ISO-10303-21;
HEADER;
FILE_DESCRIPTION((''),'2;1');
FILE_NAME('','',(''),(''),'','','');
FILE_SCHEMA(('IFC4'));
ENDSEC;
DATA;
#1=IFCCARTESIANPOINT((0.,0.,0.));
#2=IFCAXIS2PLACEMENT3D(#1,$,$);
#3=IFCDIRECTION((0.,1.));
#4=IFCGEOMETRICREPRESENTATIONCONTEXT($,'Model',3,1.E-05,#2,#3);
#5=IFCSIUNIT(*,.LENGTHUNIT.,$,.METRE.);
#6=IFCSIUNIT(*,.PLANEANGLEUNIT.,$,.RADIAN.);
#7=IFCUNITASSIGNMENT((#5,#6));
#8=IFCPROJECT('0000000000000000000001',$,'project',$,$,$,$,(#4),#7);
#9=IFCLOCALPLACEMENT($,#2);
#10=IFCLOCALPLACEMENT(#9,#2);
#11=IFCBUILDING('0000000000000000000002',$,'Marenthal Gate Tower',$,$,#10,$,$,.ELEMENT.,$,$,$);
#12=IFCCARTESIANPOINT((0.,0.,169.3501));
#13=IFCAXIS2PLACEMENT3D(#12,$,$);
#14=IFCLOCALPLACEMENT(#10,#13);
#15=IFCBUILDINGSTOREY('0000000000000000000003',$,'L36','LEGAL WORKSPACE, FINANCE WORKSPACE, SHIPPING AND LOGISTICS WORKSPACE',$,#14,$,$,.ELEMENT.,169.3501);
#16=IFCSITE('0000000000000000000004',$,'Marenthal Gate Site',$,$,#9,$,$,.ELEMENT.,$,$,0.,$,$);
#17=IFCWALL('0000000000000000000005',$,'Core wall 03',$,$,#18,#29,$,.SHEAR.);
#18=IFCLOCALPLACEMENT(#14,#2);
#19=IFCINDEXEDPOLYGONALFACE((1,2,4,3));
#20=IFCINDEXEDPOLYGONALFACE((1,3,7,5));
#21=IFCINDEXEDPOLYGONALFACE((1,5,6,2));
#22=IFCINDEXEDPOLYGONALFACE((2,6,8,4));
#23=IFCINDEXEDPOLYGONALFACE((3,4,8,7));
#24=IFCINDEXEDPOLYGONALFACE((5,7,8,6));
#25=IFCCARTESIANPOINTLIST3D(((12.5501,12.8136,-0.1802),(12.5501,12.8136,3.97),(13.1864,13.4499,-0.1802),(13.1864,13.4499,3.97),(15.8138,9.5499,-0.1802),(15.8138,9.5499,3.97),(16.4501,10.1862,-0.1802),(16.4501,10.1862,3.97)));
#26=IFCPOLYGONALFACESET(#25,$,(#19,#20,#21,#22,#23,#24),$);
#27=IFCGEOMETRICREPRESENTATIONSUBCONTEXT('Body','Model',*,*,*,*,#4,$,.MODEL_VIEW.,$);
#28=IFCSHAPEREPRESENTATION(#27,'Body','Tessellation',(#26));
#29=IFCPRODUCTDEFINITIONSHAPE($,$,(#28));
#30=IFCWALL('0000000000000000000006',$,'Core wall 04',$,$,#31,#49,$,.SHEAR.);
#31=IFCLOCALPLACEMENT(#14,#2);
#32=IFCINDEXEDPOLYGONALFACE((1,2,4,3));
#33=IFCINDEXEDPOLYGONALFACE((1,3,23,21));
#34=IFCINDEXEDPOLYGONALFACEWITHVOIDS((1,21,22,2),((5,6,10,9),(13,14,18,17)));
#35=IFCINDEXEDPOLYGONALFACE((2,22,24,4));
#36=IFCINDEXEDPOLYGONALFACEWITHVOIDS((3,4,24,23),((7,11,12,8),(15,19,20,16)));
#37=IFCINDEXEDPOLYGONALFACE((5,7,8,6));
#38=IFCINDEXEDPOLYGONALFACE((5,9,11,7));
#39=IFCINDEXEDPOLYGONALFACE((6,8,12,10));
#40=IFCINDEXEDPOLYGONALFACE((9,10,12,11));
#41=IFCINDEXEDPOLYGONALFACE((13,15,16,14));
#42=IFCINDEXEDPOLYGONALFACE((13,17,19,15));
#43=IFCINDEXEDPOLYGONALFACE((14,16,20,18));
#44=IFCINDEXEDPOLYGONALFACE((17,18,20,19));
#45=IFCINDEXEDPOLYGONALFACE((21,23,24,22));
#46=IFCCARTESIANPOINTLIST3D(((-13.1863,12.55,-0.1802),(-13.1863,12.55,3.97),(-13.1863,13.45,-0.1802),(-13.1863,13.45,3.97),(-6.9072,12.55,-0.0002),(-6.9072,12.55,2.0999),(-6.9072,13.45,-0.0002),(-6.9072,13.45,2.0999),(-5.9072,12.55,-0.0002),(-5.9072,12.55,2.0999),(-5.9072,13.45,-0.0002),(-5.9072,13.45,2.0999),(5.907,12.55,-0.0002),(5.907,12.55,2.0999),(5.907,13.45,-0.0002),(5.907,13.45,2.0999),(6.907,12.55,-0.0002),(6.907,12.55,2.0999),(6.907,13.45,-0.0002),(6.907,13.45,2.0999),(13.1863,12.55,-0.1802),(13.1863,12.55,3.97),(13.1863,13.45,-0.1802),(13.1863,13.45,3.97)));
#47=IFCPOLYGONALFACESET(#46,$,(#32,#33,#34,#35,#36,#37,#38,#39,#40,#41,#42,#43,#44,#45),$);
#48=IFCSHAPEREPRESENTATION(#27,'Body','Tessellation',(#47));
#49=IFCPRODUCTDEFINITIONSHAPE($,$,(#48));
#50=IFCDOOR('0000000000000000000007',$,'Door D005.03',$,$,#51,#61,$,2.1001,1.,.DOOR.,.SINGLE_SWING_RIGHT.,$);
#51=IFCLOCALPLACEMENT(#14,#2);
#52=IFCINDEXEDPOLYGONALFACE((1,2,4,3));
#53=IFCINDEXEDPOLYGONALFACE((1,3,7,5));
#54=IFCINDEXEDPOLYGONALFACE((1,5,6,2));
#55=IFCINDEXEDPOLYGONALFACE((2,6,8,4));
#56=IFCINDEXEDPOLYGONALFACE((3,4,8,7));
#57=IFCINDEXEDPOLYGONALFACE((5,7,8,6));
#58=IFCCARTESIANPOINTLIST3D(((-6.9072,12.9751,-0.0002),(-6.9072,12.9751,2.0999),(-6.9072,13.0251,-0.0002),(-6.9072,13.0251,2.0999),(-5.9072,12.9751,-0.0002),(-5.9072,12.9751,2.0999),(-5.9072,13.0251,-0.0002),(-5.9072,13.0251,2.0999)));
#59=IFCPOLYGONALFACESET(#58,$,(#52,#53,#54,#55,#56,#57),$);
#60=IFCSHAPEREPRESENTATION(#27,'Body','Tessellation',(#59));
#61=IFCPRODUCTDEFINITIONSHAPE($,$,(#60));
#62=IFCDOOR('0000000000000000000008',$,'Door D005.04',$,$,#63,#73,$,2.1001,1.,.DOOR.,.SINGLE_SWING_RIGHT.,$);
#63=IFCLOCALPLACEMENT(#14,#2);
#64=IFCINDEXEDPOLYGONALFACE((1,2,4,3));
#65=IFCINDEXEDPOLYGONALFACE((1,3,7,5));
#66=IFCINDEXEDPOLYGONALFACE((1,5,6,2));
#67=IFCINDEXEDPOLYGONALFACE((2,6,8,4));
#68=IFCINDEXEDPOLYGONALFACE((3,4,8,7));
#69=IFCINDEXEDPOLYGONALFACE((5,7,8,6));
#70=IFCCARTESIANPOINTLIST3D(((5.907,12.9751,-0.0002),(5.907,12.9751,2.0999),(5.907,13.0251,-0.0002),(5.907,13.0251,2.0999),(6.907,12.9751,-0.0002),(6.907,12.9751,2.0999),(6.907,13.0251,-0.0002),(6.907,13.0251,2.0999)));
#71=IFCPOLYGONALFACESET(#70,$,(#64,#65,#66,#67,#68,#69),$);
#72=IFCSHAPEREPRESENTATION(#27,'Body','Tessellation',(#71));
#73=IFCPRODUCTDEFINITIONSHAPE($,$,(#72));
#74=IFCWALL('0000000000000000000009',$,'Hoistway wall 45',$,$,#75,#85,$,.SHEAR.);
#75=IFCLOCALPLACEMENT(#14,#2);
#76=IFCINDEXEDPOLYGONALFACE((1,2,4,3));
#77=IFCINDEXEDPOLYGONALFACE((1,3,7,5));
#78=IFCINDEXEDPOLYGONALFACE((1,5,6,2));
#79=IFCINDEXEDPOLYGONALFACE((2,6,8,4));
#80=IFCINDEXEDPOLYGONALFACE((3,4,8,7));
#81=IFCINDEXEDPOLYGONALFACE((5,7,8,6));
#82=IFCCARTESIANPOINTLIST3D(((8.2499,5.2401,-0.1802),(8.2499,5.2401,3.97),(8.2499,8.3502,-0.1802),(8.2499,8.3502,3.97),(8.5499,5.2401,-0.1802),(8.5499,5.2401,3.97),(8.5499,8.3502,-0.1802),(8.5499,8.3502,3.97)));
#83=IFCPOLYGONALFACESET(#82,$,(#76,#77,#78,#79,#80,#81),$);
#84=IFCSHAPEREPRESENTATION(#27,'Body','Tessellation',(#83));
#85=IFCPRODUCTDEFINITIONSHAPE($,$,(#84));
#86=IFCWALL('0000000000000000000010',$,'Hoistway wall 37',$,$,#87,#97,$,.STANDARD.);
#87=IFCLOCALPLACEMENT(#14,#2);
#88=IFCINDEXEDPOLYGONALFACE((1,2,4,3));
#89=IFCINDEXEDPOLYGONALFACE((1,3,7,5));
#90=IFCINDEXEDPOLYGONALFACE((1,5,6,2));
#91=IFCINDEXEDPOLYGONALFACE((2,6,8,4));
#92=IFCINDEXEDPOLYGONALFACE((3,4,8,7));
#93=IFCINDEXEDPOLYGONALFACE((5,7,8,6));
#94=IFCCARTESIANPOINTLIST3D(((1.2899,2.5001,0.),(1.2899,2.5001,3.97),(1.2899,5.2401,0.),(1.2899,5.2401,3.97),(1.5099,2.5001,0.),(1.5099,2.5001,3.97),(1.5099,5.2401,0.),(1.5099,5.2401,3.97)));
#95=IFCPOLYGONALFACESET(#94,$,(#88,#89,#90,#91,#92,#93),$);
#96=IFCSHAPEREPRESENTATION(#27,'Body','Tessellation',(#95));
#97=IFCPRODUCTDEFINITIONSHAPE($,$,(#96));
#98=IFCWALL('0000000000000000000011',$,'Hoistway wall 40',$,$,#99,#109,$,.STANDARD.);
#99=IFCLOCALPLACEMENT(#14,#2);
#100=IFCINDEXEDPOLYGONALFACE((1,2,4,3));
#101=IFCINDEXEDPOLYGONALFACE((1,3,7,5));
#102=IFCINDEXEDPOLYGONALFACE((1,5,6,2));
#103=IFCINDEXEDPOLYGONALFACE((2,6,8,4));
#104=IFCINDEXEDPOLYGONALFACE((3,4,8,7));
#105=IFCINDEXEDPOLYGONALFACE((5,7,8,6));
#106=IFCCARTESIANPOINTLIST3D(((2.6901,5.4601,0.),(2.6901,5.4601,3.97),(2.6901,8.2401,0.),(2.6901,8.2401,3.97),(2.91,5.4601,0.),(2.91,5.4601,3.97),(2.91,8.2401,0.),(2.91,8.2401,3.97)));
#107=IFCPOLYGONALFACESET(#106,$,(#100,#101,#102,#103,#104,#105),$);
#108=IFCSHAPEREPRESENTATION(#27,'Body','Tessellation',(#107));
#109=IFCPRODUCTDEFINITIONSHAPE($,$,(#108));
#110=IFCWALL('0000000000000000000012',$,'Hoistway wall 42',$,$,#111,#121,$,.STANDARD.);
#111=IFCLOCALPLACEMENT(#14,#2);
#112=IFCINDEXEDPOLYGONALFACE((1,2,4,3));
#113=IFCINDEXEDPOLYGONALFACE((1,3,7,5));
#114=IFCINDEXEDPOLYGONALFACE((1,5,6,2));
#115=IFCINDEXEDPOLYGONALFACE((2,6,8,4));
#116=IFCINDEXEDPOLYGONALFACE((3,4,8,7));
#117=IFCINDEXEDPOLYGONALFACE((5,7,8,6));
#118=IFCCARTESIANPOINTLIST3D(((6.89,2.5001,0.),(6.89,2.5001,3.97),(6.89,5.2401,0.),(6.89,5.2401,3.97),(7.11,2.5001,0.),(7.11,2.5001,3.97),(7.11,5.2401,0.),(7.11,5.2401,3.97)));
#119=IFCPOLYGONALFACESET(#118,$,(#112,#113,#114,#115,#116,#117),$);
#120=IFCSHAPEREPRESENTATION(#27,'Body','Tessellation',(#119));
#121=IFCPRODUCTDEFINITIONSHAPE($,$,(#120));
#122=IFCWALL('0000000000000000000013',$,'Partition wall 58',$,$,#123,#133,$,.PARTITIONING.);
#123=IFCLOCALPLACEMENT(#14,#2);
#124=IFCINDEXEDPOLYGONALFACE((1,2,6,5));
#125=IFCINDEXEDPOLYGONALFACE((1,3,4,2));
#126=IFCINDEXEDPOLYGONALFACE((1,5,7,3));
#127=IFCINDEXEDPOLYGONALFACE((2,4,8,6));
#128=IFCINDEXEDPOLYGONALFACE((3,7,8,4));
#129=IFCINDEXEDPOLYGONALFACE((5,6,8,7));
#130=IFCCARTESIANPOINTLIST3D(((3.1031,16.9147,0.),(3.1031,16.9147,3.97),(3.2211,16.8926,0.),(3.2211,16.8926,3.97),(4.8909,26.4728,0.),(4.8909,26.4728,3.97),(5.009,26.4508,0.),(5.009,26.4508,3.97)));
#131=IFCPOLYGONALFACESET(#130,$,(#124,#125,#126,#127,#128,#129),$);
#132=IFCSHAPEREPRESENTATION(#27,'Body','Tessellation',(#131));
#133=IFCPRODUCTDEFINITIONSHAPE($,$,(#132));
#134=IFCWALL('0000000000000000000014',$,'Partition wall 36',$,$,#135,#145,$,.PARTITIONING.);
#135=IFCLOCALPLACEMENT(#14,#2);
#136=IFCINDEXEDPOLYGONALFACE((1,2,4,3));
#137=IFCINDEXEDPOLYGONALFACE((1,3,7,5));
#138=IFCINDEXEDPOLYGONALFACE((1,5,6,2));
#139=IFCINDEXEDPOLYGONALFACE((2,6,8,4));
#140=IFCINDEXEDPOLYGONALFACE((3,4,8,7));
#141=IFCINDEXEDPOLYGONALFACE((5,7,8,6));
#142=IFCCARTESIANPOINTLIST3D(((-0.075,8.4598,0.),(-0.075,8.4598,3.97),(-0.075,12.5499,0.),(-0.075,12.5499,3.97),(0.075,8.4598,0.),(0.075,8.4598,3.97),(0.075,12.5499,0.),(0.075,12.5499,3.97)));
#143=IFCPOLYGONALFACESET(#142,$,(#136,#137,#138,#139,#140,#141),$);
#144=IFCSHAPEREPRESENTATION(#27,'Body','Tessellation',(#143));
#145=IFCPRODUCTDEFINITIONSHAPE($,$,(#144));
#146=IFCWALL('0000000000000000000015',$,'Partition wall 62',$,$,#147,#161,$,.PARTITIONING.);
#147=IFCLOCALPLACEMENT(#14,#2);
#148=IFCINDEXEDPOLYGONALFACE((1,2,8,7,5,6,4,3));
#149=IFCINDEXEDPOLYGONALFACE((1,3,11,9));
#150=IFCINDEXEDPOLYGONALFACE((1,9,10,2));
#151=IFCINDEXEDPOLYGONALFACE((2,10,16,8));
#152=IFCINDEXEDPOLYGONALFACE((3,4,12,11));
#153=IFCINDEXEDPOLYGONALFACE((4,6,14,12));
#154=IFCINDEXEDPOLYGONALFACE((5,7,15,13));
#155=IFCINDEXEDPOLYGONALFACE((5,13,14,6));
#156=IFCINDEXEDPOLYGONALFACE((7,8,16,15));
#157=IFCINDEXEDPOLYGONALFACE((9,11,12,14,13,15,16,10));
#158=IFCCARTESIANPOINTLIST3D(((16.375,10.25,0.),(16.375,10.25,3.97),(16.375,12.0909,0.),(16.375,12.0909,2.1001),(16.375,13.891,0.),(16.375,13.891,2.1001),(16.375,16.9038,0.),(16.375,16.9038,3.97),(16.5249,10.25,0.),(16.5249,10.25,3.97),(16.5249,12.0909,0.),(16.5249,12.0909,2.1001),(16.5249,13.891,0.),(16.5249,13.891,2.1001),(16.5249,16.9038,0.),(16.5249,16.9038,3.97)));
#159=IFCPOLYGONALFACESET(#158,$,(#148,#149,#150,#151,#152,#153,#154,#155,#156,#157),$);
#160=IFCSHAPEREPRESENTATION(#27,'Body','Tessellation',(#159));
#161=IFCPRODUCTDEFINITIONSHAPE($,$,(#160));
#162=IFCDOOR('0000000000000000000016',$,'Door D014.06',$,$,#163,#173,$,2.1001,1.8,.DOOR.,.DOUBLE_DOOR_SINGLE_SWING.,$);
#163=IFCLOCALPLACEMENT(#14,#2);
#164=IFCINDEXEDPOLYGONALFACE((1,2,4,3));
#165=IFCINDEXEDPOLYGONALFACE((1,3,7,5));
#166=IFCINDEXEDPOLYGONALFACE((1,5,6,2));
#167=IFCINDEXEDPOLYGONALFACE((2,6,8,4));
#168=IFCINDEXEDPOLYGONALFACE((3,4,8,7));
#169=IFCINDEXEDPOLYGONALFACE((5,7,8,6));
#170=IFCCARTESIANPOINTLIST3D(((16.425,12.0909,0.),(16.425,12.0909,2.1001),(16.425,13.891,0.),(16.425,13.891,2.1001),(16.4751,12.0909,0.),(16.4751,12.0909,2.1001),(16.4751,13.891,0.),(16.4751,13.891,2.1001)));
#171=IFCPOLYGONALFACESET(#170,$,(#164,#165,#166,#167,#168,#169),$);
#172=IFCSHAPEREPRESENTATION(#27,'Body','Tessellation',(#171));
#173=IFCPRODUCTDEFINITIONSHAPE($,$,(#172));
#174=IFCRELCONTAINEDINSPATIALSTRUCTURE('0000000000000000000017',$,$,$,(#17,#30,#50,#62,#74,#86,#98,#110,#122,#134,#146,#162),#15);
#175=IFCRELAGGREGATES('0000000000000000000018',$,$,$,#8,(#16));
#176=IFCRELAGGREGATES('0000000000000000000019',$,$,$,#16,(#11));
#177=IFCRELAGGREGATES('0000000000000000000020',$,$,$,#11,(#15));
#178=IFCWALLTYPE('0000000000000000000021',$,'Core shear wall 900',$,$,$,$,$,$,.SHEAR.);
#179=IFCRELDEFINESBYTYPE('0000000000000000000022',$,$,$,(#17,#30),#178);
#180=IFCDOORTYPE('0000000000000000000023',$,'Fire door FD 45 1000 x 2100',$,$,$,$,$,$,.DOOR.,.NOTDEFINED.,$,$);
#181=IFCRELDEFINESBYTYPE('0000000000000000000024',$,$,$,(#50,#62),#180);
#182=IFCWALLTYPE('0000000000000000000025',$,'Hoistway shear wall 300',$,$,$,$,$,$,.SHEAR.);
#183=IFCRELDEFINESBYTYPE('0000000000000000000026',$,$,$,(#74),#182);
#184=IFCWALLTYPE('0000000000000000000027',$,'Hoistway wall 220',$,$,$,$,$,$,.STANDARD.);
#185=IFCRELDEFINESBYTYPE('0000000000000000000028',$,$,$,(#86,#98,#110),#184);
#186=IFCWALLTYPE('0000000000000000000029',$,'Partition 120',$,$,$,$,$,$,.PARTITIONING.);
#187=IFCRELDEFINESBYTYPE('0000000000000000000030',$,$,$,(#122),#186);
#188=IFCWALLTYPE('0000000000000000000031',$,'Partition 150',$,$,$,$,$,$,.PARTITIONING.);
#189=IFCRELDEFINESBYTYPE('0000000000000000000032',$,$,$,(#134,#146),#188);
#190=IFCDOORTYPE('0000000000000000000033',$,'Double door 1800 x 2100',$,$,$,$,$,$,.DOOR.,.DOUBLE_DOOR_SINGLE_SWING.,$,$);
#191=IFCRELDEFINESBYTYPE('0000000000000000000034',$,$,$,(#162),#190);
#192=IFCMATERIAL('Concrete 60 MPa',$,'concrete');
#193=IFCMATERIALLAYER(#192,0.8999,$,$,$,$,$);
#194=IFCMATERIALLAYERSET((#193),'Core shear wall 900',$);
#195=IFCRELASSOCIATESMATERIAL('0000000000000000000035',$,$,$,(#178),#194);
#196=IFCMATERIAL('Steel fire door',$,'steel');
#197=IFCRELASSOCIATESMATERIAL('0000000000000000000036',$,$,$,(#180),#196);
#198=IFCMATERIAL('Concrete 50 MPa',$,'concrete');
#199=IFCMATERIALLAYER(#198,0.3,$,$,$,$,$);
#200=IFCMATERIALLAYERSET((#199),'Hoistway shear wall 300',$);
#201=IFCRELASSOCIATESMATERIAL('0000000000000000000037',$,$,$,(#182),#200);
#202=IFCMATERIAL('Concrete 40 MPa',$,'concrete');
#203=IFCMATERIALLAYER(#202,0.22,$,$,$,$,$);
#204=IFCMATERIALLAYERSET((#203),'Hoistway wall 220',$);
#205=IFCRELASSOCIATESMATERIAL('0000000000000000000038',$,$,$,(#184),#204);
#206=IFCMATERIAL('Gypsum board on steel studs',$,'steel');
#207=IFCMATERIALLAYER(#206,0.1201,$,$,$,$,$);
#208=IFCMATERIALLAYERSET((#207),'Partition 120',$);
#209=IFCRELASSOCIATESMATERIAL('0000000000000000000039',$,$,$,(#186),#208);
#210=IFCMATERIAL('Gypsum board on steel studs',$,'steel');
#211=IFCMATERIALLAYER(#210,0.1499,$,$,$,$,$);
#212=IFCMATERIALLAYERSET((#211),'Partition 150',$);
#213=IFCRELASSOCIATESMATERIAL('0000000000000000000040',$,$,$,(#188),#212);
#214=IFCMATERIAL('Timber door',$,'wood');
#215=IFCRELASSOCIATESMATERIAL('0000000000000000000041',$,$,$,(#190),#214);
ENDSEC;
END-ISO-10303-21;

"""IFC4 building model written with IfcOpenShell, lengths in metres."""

from ifc_helpers import new_model, si_unit, direction, frame, frame_2d, origin, place, context, subcontext, project, spatial, rectangle, extrude, material, layer, layer_set, type_object, element, fill, save


model = new_model("IFC4")

# Units and contexts
model_context = context("Model", 3, precision=1e-05, world=origin(), true_north=direction((0.0, 1.0)))
body_context = subcontext(model_context, "Body", "Model", "MODEL_VIEW")
ifc_project = project(units=[si_unit("LENGTHUNIT", "METRE"), si_unit("PLANEANGLEUNIT", "RADIAN")], contexts=[model_context])

# Site, building, storey
site_placement = place(None, origin())
site = spatial("IfcSite", under=ifc_project, at=site_placement, Name="Marenthal Gate Site", CompositionType="ELEMENT", RefElevation=0.0)
building_placement = place(site_placement, origin())
building = spatial("IfcBuilding", under=site, at=building_placement, Name="Marenthal Gate Tower", CompositionType="ELEMENT")
storey_placement = place(building_placement, frame((0.0, 0.0, 169.3501)))
storey = spatial("IfcBuildingStorey", under=building, at=storey_placement, Name="L36", Description="LEGAL WORKSPACE, FINANCE WORKSPACE, SHIPPING AND LOGISTICS WORKSPACE", CompositionType="ELEMENT", Elevation=169.3501)

# Wall
ifc_material_1 = material(Name="Concrete 60 MPa", Category="concrete")
ifc_layer_1 = layer(ifc_material_1, 0.8999)
ifc_layer_set_1 = layer_set([ifc_layer_1], Name="Core shear wall 900")
wall_type_1 = type_object("IfcWallType", Name="Core shear wall 900", PredefinedType="SHEAR", material=ifc_layer_set_1)
wall_1_placement = place(storey_placement, frame((16.1318, 9.8682, -0.1802), z_axis=(0.0, 0.0, 1.0), x_axis=(-0.707107, 0.707107, 0.0)))
element("IfcWall", 1, at=wall_1_placement, inside=storey, type_object=wall_type_1, Name="Core wall 03", PredefinedType="SHEAR", context=body_context, shape_type="SweptSolid", body=[
    extrude(rectangle(XDim=4.6155, YDim=0.8999, at=frame_2d((2.3076, 0.0))), origin(), (0.0, 0.0, 1.0), 4.1501),
])

# Wall, openings, doors
wall_2_placement = place(storey_placement, frame((13.1863, 13.0, -0.1802), z_axis=(0.0, 0.0, 1.0), x_axis=(-1.0, 0.0, 0.0)))
wall_2 = element("IfcWall", 2, at=wall_2_placement, inside=storey, type_object=wall_type_1, Name="Core wall 04", PredefinedType="SHEAR", context=body_context, shape_type="SweptSolid", body=[
    extrude(rectangle(XDim=26.3726, YDim=0.8999, at=frame_2d((13.1863, 0.0))), origin(), (0.0, 0.0, 1.0), 4.1501),
])
opening_1_placement = place(wall_2_placement, frame((19.0935, 0.0, 0.1799)))
opening_1 = element("IfcOpeningElement", 3, at=opening_1_placement, cuts=wall_2, PredefinedType="OPENING", context=body_context, shape_type="SweptSolid", body=[
    extrude(rectangle(XDim=1.0, YDim=2.1001, at=frame_2d((0.5, 1.05))), frame((0.0, 0.46, 0.0), z_axis=(0.0, -1.0, 0.0), x_axis=(1.0, 0.0, 0.0)), (0.0, 0.0, 1.0), 0.9199),
])
opening_2_placement = place(wall_2_placement, frame((6.2793, 0.0, 0.1799)))
opening_2 = element("IfcOpeningElement", 4, at=opening_2_placement, cuts=wall_2, PredefinedType="OPENING", context=body_context, shape_type="SweptSolid", body=[
    extrude(rectangle(XDim=1.0, YDim=2.1001, at=frame_2d((0.5, 1.05))), frame((0.0, 0.46, 0.0), z_axis=(0.0, -1.0, 0.0), x_axis=(1.0, 0.0, 0.0)), (0.0, 0.0, 1.0), 0.9199),
])
ifc_material_2 = material(Name="Steel fire door", Category="steel")
door_type_1 = type_object("IfcDoorType", Name="Fire door FD 45 1000 x 2100", OperationType="NOTDEFINED", PredefinedType="DOOR", material=ifc_material_2)
door_1_placement = place(opening_1_placement, origin())
door_1 = element("IfcDoor", 5, at=door_1_placement, inside=storey, type_object=door_type_1, Name="Door D005.03", OperationType="SINGLE_SWING_RIGHT", OverallHeight=2.1001, OverallWidth=1.0, PredefinedType="DOOR", context=body_context, shape_type="SweptSolid", body=[
    extrude(rectangle(XDim=1.0, YDim=2.1001, at=frame_2d((0.5, 1.05))), frame((0.0, 0.0249, 0.0), z_axis=(0.0, -1.0, 0.0), x_axis=(1.0, 0.0, 0.0)), (0.0, 0.0, 1.0), 0.05),
])
fill(opening_1, door_1)
door_2_placement = place(opening_2_placement, origin())
door_2 = element("IfcDoor", 6, at=door_2_placement, inside=storey, type_object=door_type_1, Name="Door D005.04", OperationType="SINGLE_SWING_RIGHT", OverallHeight=2.1001, OverallWidth=1.0, PredefinedType="DOOR", context=body_context, shape_type="SweptSolid", body=[
    extrude(rectangle(XDim=1.0, YDim=2.1001, at=frame_2d((0.5, 1.05))), frame((0.0, 0.0249, 0.0), z_axis=(0.0, -1.0, 0.0), x_axis=(1.0, 0.0, 0.0)), (0.0, 0.0, 1.0), 0.05),
])
fill(opening_2, door_2)

# Walls
ifc_material_3 = material(Name="Concrete 50 MPa", Category="concrete")
ifc_layer_2 = layer(ifc_material_3, 0.3)
ifc_layer_set_2 = layer_set([ifc_layer_2], Name="Hoistway shear wall 300")
wall_type_2 = type_object("IfcWallType", Name="Hoistway shear wall 300", PredefinedType="SHEAR", material=ifc_layer_set_2)
wall_3_placement = place(storey_placement, frame((8.3999, 5.24, -0.1802), z_axis=(0.0, 0.0, 1.0), x_axis=(0.0, 1.0, 0.0)))
element("IfcWall", 7, at=wall_3_placement, inside=storey, type_object=wall_type_2, Name="Hoistway wall 45", PredefinedType="SHEAR", context=body_context, shape_type="SweptSolid", body=[
    extrude(rectangle(XDim=3.1101, YDim=0.3, at=frame_2d((1.5552, 0.0))), origin(), (0.0, 0.0, 1.0), 4.1501),
])
ifc_material_4 = material(Name="Concrete 40 MPa", Category="concrete")
ifc_layer_3 = layer(ifc_material_4, 0.22)
ifc_layer_set_3 = layer_set([ifc_layer_3], Name="Hoistway wall 220")
wall_type_3 = type_object("IfcWallType", Name="Hoistway wall 220", PredefinedType="STANDARD", material=ifc_layer_set_3)
wall_4_placement = place(storey_placement, frame((1.3999, 2.5, 0.0), z_axis=(0.0, 0.0, 1.0), x_axis=(0.0, 1.0, 0.0)))
element("IfcWall", 8, at=wall_4_placement, inside=storey, type_object=wall_type_3, Name="Hoistway wall 37", PredefinedType="STANDARD", context=body_context, shape_type="SweptSolid", body=[
    extrude(rectangle(XDim=2.74, YDim=0.22, at=frame_2d((1.3701, 0.0))), origin(), (0.0, 0.0, 1.0), 3.97),
])
wall_5_placement = place(storey_placement, frame((2.8, 5.46, 0.0), z_axis=(0.0, 0.0, 1.0), x_axis=(0.0, 1.0, 0.0)))
element("IfcWall", 9, at=wall_5_placement, inside=storey, type_object=wall_type_3, Name="Hoistway wall 40", PredefinedType="STANDARD", context=body_context, shape_type="SweptSolid", body=[
    extrude(rectangle(XDim=2.78, YDim=0.22, at=frame_2d((1.3901, 0.0))), origin(), (0.0, 0.0, 1.0), 3.97),
])
wall_6_placement = place(storey_placement, frame((7.0, 2.5, 0.0), z_axis=(0.0, 0.0, 1.0), x_axis=(0.0, 1.0, 0.0)))
element("IfcWall", 10, at=wall_6_placement, inside=storey, type_object=wall_type_3, Name="Hoistway wall 42", PredefinedType="STANDARD", context=body_context, shape_type="SweptSolid", body=[
    extrude(rectangle(XDim=2.74, YDim=0.22, at=frame_2d((1.3701, 0.0))), origin(), (0.0, 0.0, 1.0), 3.97),
])
ifc_material_5 = material(Name="Gypsum board on steel studs", Category="steel")
ifc_layer_4 = layer(ifc_material_5, 0.1201)
ifc_layer_set_4 = layer_set([ifc_layer_4], Name="Partition 120")
wall_type_4 = type_object("IfcWallType", Name="Partition 120", PredefinedType="PARTITIONING", material=ifc_layer_set_4)
wall_7_placement = place(storey_placement, frame((3.1621, 16.9038, 0.0), z_axis=(0.0, 0.0, 1.0), x_axis=(0.183861, 0.982952, 0.0)))
element("IfcWall", 11, at=wall_7_placement, inside=storey, type_object=wall_type_4, Name="Partition wall 58", PredefinedType="PARTITIONING", context=body_context, shape_type="SweptSolid", body=[
    extrude(rectangle(XDim=9.7239, YDim=0.1201, at=frame_2d((4.8618, 0.0))), origin(), (0.0, 0.0, 1.0), 3.97),
])
ifc_material_6 = material(Name="Gypsum board on steel studs", Category="steel")
ifc_layer_5 = layer(ifc_material_6, 0.1499)
ifc_layer_set_5 = layer_set([ifc_layer_5], Name="Partition 150")
wall_type_5 = type_object("IfcWallType", Name="Partition 150", PredefinedType="PARTITIONING", material=ifc_layer_set_5)
wall_8_placement = place(storey_placement, frame((0.0, 8.46, 0.0), z_axis=(0.0, 0.0, 1.0), x_axis=(0.0, 1.0, 0.0)))
element("IfcWall", 12, at=wall_8_placement, inside=storey, type_object=wall_type_5, Name="Partition wall 36", PredefinedType="PARTITIONING", context=body_context, shape_type="SweptSolid", body=[
    extrude(rectangle(XDim=4.0901, YDim=0.1499, at=frame_2d((2.0449, 0.0))), origin(), (0.0, 0.0, 1.0), 3.97),
])

# Wall, opening, door
wall_9_placement = place(storey_placement, frame((16.45, 10.25, 0.0), z_axis=(0.0, 0.0, 1.0), x_axis=(0.0, 1.0, 0.0)))
wall_9 = element("IfcWall", 13, at=wall_9_placement, inside=storey, type_object=wall_type_5, Name="Partition wall 62", PredefinedType="PARTITIONING", context=body_context, shape_type="SweptSolid", body=[
    extrude(rectangle(XDim=6.6538, YDim=0.1499, at=frame_2d((3.3269, 0.0))), origin(), (0.0, 0.0, 1.0), 3.97),
])
opening_3_placement = place(wall_9_placement, frame((1.8411, 0.0, 0.0)))
opening_3 = element("IfcOpeningElement", 14, at=opening_3_placement, cuts=wall_9, PredefinedType="OPENING", context=body_context, shape_type="SweptSolid", body=[
    extrude(rectangle(XDim=1.8, YDim=2.1001, at=frame_2d((0.8999, 1.05))), frame((0.0, 0.085, 0.0), z_axis=(0.0, -1.0, 0.0), x_axis=(1.0, 0.0, 0.0)), (0.0, 0.0, 1.0), 0.1699),
])
ifc_material_7 = material(Name="Timber door", Category="wood")
door_type_2 = type_object("IfcDoorType", Name="Double door 1800 x 2100", OperationType="DOUBLE_DOOR_SINGLE_SWING", PredefinedType="DOOR", material=ifc_material_7)
door_3_placement = place(opening_3_placement, origin())
door_3 = element("IfcDoor", 15, at=door_3_placement, inside=storey, type_object=door_type_2, Name="Door D014.06", OperationType="DOUBLE_DOOR_SINGLE_SWING", OverallHeight=2.1001, OverallWidth=1.8, PredefinedType="DOOR", context=body_context, shape_type="SweptSolid", body=[
    extrude(rectangle(XDim=1.8, YDim=2.1001, at=frame_2d((0.8999, 1.05))), frame((0.0, 0.0249, 0.0), z_axis=(0.0, -1.0, 0.0), x_axis=(1.0, 0.0, 0.0)), (0.0, 0.0, 1.0), 0.05),
])
fill(opening_3, door_3)

save(model, "model.ifc")
